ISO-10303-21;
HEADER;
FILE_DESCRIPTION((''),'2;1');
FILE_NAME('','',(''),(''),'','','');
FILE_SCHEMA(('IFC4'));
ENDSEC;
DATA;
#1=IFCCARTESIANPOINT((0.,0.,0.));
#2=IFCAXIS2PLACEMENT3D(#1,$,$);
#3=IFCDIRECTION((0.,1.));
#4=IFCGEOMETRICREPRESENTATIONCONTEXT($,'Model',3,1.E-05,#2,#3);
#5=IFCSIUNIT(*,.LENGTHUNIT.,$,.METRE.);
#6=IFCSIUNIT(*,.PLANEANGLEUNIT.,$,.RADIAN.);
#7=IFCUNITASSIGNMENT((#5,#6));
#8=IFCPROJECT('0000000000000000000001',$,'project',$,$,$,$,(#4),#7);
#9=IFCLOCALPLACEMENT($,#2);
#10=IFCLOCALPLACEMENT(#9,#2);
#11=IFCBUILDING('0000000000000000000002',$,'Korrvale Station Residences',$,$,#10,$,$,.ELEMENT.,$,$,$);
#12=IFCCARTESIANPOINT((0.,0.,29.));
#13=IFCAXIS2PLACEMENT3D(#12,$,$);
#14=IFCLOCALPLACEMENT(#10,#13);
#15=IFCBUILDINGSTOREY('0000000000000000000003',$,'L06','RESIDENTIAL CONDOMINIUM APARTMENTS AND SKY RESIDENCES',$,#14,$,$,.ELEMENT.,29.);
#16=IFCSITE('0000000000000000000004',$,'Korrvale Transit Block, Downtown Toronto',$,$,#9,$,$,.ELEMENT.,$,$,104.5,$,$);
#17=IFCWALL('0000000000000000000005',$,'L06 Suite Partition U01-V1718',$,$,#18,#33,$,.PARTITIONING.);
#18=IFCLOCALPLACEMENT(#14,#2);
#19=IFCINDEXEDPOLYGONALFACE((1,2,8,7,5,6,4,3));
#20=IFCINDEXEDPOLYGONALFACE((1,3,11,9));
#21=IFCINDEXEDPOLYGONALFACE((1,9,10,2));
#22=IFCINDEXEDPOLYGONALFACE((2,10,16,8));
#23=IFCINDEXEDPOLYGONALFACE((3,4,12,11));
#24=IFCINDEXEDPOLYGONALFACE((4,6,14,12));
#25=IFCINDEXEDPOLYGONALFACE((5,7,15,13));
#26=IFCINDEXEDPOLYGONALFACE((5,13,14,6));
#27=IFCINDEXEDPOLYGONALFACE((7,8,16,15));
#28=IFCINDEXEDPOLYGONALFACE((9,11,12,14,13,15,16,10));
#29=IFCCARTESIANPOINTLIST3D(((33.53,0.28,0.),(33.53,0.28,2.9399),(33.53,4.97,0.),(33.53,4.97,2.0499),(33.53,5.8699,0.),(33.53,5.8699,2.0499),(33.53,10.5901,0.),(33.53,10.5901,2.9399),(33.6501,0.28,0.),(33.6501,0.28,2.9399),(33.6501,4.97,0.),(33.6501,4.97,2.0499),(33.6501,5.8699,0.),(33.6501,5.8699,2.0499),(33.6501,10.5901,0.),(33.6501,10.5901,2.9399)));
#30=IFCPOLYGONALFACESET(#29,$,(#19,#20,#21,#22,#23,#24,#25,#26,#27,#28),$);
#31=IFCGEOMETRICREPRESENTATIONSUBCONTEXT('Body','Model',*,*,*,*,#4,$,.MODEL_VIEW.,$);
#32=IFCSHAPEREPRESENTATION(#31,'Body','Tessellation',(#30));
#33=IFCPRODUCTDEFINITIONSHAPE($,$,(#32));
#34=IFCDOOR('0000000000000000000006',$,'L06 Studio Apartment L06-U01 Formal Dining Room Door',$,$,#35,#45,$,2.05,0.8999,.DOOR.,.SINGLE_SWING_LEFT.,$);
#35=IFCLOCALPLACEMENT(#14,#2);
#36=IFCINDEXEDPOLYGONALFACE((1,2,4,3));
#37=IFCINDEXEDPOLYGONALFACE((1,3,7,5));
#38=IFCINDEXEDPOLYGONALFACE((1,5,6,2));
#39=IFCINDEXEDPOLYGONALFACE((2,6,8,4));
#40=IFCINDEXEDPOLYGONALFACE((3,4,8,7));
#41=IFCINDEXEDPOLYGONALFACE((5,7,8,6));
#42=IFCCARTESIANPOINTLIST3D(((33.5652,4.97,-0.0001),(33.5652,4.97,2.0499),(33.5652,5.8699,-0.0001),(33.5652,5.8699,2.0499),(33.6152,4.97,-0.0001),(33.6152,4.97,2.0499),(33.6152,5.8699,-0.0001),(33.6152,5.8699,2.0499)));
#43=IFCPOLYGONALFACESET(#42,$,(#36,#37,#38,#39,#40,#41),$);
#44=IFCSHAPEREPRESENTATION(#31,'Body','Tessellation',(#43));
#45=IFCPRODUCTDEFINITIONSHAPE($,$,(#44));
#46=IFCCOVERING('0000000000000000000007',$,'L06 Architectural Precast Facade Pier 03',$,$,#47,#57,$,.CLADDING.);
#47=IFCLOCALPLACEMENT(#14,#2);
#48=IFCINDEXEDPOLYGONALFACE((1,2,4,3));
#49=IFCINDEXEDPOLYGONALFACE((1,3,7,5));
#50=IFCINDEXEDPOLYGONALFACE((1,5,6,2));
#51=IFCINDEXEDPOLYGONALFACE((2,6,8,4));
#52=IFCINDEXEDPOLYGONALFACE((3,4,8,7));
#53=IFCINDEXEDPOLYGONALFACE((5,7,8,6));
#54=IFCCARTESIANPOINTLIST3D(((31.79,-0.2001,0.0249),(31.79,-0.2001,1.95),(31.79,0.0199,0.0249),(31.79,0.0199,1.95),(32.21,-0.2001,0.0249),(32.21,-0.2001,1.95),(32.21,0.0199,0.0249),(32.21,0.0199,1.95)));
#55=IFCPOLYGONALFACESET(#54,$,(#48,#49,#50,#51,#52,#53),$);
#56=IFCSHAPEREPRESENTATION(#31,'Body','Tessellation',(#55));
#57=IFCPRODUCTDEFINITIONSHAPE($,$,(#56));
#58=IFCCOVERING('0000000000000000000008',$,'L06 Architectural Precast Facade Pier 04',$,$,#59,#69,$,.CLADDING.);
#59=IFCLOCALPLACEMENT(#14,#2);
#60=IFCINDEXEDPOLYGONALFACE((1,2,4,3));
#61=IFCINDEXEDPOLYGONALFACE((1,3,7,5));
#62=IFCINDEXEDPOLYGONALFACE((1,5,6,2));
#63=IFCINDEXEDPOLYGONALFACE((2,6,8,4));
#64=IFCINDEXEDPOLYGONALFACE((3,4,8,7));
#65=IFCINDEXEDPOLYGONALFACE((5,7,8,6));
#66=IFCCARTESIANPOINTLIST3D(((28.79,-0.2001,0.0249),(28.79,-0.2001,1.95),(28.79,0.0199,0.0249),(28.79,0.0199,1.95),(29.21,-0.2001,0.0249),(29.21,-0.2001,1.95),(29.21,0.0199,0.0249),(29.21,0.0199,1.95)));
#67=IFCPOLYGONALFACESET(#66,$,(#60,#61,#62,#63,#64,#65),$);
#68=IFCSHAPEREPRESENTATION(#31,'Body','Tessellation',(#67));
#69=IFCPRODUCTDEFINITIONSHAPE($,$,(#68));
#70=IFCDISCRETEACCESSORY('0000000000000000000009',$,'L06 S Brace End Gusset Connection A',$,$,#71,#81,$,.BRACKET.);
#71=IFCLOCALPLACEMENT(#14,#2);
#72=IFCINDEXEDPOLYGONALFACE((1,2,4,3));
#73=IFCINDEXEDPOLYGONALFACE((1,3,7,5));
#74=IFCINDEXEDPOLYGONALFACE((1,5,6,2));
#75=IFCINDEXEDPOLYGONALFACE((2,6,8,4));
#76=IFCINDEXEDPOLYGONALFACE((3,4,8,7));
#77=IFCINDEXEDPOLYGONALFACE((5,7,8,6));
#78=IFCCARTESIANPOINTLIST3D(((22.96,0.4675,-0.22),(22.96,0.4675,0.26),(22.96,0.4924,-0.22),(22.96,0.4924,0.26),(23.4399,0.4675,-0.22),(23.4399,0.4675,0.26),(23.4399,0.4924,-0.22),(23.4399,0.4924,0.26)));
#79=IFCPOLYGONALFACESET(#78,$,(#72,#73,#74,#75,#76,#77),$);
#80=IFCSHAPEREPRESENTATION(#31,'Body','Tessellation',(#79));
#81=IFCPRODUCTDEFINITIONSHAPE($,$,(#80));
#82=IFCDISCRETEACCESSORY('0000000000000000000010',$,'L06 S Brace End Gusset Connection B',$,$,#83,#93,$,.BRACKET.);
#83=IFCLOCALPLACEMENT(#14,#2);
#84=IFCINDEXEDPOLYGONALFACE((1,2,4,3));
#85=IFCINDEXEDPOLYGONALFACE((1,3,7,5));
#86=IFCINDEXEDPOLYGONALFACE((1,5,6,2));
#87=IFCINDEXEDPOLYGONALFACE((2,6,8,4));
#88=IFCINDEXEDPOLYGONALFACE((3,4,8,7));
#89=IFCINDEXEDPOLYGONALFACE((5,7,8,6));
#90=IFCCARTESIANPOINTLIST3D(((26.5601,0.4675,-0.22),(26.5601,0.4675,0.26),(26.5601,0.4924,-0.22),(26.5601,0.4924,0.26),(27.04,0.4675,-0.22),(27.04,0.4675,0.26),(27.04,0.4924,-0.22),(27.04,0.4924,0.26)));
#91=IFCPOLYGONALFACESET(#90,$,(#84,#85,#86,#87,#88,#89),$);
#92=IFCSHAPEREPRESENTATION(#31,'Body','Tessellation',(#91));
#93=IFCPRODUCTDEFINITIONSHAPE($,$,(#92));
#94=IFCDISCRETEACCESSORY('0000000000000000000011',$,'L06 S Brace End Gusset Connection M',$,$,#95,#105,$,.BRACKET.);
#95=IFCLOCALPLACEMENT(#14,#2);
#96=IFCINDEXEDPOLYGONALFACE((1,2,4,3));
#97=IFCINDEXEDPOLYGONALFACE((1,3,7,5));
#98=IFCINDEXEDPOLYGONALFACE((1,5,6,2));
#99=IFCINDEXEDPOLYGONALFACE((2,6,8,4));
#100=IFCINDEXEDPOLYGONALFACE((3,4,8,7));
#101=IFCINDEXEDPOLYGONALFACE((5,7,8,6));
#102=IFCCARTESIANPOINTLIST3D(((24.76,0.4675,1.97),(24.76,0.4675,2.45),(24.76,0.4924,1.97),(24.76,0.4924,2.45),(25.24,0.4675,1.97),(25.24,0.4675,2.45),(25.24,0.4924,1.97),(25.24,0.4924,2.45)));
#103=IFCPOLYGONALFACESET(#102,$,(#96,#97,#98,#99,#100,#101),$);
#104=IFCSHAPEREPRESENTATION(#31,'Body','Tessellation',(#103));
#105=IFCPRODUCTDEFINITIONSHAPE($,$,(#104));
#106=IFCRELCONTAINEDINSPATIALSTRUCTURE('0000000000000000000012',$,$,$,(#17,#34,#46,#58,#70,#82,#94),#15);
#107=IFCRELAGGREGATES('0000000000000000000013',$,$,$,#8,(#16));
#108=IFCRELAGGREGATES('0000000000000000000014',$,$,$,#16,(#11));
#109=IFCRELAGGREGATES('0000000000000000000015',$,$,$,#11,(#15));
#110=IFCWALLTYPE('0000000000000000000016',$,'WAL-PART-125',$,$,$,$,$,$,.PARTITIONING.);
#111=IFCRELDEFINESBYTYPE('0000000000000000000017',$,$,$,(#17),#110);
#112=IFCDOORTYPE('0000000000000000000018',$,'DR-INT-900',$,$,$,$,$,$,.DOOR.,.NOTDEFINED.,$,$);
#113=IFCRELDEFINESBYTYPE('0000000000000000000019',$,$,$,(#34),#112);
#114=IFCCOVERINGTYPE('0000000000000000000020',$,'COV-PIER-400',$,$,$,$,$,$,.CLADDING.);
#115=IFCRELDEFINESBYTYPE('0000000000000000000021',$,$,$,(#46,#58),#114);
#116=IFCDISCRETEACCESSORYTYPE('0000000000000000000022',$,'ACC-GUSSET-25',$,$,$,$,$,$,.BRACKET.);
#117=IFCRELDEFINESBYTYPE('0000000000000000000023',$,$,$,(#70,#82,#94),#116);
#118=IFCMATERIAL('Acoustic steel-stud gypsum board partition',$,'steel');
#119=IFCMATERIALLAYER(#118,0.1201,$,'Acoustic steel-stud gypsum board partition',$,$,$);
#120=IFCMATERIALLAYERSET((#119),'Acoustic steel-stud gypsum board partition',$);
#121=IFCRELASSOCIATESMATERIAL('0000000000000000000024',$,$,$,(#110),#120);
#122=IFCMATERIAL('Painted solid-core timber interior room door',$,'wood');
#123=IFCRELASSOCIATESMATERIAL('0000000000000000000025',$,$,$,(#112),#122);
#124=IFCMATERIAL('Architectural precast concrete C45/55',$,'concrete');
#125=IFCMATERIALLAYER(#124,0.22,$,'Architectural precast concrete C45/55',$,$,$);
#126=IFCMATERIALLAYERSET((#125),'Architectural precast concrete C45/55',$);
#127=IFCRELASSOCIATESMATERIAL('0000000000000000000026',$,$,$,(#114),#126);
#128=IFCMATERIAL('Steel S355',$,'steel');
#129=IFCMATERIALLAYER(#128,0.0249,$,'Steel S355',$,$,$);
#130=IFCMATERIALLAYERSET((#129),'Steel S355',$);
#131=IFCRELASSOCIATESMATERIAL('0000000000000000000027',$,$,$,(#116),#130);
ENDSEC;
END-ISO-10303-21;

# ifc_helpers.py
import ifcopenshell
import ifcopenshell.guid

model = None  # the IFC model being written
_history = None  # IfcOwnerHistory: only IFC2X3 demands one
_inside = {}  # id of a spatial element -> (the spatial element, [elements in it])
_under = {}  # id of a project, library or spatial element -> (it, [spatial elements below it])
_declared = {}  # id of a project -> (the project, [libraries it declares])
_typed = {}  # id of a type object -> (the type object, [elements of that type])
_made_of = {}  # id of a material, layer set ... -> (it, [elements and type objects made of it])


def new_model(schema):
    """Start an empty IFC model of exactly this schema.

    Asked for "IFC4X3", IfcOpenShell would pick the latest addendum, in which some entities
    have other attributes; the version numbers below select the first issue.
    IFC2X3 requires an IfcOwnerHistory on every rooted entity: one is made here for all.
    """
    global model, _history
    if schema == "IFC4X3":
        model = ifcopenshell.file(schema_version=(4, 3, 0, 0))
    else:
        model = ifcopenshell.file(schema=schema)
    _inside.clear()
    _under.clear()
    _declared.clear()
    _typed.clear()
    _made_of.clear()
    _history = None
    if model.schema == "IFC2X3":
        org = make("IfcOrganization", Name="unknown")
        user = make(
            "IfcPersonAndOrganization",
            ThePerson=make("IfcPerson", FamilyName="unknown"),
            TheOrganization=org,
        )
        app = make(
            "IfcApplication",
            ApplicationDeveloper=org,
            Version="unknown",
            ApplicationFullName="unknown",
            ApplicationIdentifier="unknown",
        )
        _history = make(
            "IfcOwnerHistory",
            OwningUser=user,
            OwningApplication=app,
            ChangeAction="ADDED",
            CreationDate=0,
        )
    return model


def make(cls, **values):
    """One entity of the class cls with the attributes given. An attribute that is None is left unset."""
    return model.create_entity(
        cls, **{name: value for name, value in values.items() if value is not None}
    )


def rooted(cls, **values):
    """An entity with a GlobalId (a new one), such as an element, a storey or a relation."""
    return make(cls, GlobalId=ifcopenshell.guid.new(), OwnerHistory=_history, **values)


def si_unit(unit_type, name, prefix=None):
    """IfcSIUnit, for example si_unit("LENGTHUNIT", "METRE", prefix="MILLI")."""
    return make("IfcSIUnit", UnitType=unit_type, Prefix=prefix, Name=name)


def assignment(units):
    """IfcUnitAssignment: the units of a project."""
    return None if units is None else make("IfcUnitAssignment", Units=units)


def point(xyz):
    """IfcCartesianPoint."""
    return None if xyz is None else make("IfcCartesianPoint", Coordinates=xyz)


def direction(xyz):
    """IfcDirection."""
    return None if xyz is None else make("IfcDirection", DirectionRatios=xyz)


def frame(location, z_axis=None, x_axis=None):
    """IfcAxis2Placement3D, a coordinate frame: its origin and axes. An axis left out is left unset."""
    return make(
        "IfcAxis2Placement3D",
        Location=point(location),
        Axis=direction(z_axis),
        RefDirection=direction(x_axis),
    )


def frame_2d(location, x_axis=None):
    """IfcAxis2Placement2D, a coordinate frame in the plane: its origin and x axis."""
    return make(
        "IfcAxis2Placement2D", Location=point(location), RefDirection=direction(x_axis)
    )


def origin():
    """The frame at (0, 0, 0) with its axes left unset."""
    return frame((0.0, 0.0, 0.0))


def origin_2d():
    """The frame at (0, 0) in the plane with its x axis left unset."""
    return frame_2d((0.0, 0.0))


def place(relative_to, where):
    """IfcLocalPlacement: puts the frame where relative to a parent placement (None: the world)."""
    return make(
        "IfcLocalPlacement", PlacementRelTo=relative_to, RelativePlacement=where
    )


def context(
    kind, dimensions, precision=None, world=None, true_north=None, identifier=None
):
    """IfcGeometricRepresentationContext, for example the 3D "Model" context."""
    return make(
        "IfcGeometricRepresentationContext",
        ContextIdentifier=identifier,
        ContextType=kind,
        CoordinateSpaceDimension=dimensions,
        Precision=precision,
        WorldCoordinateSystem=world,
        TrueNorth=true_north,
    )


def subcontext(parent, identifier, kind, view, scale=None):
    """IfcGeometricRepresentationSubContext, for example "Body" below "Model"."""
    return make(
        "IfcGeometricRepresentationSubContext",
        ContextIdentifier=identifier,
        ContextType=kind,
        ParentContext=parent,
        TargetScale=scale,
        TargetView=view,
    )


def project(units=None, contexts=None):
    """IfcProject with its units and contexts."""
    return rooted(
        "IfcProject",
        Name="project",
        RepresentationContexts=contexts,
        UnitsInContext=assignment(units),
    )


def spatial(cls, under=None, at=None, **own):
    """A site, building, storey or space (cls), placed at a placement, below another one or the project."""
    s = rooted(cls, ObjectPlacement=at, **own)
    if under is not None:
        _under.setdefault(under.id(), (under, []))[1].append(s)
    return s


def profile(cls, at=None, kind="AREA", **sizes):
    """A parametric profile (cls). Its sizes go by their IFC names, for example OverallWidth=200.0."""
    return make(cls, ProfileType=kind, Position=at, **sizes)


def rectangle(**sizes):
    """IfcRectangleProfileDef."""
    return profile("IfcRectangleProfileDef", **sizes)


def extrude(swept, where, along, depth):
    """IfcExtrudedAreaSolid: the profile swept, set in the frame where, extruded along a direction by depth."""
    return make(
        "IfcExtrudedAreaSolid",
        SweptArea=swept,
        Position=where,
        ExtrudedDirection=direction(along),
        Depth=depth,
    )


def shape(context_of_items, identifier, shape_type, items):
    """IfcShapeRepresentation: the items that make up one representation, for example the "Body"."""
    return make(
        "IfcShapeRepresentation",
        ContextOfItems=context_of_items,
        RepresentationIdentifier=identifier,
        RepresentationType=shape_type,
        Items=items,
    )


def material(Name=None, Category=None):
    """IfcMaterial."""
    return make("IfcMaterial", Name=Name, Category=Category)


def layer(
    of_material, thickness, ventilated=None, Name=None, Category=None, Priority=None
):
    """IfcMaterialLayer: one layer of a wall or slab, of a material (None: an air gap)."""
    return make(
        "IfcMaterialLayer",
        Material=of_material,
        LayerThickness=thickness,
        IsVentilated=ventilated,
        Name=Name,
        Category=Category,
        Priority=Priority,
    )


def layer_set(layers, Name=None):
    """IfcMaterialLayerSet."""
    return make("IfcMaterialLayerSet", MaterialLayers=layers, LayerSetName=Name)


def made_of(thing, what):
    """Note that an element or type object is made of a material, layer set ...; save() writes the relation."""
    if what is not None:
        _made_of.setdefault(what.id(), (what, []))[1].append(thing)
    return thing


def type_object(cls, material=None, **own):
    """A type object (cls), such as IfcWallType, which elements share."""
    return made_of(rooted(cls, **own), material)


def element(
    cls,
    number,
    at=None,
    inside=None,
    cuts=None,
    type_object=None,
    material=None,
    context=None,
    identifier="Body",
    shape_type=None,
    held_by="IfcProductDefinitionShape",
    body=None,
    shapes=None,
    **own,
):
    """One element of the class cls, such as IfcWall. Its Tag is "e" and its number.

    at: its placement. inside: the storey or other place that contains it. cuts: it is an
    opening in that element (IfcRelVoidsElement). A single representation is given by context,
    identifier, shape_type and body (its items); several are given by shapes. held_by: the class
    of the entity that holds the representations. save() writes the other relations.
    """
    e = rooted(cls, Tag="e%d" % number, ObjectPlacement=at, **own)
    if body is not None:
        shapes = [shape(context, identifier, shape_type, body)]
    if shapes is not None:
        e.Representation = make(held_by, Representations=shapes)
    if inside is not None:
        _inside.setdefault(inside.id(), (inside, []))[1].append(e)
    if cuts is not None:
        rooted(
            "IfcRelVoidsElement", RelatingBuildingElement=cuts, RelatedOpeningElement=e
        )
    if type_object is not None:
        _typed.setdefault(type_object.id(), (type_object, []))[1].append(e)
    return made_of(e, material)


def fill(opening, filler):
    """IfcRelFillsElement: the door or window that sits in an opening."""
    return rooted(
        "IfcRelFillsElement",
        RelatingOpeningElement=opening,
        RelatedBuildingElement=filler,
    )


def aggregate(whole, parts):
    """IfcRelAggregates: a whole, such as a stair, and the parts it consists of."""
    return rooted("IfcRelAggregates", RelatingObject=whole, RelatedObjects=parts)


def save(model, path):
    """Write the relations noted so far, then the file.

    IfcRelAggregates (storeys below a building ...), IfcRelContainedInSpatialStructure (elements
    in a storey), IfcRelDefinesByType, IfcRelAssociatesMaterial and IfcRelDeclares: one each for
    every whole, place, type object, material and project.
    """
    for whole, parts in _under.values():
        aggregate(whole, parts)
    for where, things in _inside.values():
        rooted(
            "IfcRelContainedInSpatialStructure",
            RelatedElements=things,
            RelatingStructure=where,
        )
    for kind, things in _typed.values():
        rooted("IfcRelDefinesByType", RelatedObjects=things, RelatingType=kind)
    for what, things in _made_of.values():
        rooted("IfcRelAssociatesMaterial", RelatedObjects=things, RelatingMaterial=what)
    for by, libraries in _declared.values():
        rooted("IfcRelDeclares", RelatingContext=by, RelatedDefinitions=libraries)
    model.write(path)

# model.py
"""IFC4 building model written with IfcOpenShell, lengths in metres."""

from ifc_helpers import new_model, si_unit, direction, frame, frame_2d, origin, origin_2d, place, context, subcontext, project, spatial, rectangle, extrude, material, layer, layer_set, type_object, element, fill, save


model = new_model("IFC4")

# Units and contexts
model_context = context("Model", 3, precision=1e-05, world=origin(), true_north=direction((0.0, 1.0)))
body_context = subcontext(model_context, "Body", "Model", "MODEL_VIEW")
ifc_project = project(units=[si_unit("LENGTHUNIT", "METRE"), si_unit("PLANEANGLEUNIT", "RADIAN")], contexts=[model_context])

# Site, building, storey
site_placement = place(None, origin())
site = spatial("IfcSite", under=ifc_project, at=site_placement, Name="Korrvale Transit Block, Downtown Toronto", CompositionType="ELEMENT", RefElevation=104.5)
building_placement = place(site_placement, origin())
building = spatial("IfcBuilding", under=site, at=building_placement, Name="Korrvale Station Residences", CompositionType="ELEMENT")
storey_placement = place(building_placement, frame((0.0, 0.0, 29.0)))
storey = spatial("IfcBuildingStorey", under=building, at=storey_placement, Name="L06", Description="RESIDENTIAL CONDOMINIUM APARTMENTS AND SKY RESIDENCES", CompositionType="ELEMENT", Elevation=29.0)

# Shared definitions
ifc_material_1 = material(Name="Steel S355", Category="steel")

# Wall, opening, door
ifc_material_2 = material(Name="Acoustic steel-stud gypsum board partition", Category="steel")
ifc_layer_1 = layer(ifc_material_2, 0.1201, Name="Acoustic steel-stud gypsum board partition")
ifc_layer_set_1 = layer_set([ifc_layer_1], Name="Acoustic steel-stud gypsum board partition")
wall_type = type_object("IfcWallType", Name="WAL-PART-125", PredefinedType="PARTITIONING", material=ifc_layer_set_1)
ifc_material_3 = material(Name="Painted solid-core timber interior room door", Category="wood")
door_type = type_object("IfcDoorType", Name="DR-INT-900", OperationType="NOTDEFINED", PredefinedType="DOOR", material=ifc_material_3)
wall_1_placement = place(storey_placement, frame((33.5901, 0.28, 0.0), z_axis=(0.0, 0.0, 1.0), x_axis=(0.0, 1.0, 0.0)))
wall_1 = element("IfcWall", 1, at=wall_1_placement, inside=storey, type_object=wall_type, Name="L06 Suite Partition U01-V1718", PredefinedType="PARTITIONING", context=body_context, shape_type="SweptSolid", body=[
    extrude(rectangle(XDim=10.3101, YDim=0.1201, at=frame_2d((5.155, 0.0))), origin(), (0.0, 0.0, 1.0), 2.9399),
])
opening_1_placement = place(wall_1_placement, frame((4.6899, 0.0, 0.0)))
opening_1 = element("IfcOpeningElement", 2, at=opening_1_placement, cuts=wall_1, PredefinedType="OPENING", context=body_context, shape_type="SweptSolid", body=[
    extrude(rectangle(XDim=0.8999, YDim=2.05, at=frame_2d((0.45, 1.0249))), frame((0.0, 0.0701, 0.0), z_axis=(0.0, -1.0, 0.0), x_axis=(1.0, 0.0, 0.0)), (0.0, 0.0, 1.0), 0.1401),
])
door_1_placement = place(opening_1_placement, origin())
door_1 = element("IfcDoor", 3, at=door_1_placement, inside=storey, type_object=door_type, Name="L06 Studio Apartment L06-U01 Formal Dining Room Door", OperationType="SINGLE_SWING_LEFT", OverallHeight=2.05, OverallWidth=0.8999, PredefinedType="DOOR", context=body_context, shape_type="SweptSolid", body=[
    extrude(rectangle(XDim=0.8999, YDim=2.05, at=frame_2d((0.45, 1.0249))), frame((0.0, 0.0249, 0.0), z_axis=(0.0, -1.0, 0.0), x_axis=(1.0, 0.0, 0.0)), (0.0, 0.0, 1.0), 0.05),
])
fill(opening_1, door_1)

# Coverings
ifc_material_4 = material(Name="Architectural precast concrete C45/55", Category="concrete")
ifc_layer_2 = layer(ifc_material_4, 0.22, Name="Architectural precast concrete C45/55")
ifc_layer_set_2 = layer_set([ifc_layer_2], Name="Architectural precast concrete C45/55")
covering_type = type_object("IfcCoveringType", Name="COV-PIER-400", PredefinedType="CLADDING", material=ifc_layer_set_2)
for number, where, z_axis, x_axis, name in (
    (4, (32.0, -0.0901, 0.0249), (0.0, 0.0, 1.0), (1.0, 0.0, 0.0), "L06 Architectural Precast Facade Pier 03"),
    (5, (29.0, -0.0901, 0.0249), (0.0, 0.0, 1.0), (1.0, 0.0, 0.0), "L06 Architectural Precast Facade Pier 04"),
):
    element("IfcCovering", number, at=place(storey_placement, frame(where, z_axis=z_axis, x_axis=x_axis)), inside=storey, type_object=covering_type, Name=name, PredefinedType="CLADDING", context=body_context, shape_type="SweptSolid", body=[
        extrude(rectangle(XDim=0.4199, YDim=0.22, at=origin_2d()), origin(), (0.0, 0.0, 1.0), 1.925),
    ])

# Discrete accessories
ifc_layer_3 = layer(ifc_material_1, 0.0249, Name="Steel S355")
ifc_layer_set_3 = layer_set([ifc_layer_3], Name="Steel S355")
discrete_accessory_type = type_object("IfcDiscreteAccessoryType", Name="ACC-GUSSET-25", PredefinedType="BRACKET", material=ifc_layer_set_3)
for number, where, z_axis, x_axis, name in (
    (6, (23.2, 0.48, -0.22), (0.0, 0.0, 1.0), (1.0, 0.0, 0.0), "L06 S Brace End Gusset Connection A"),
    (7, (26.8, 0.48, -0.22), (0.0, 0.0, 1.0), (1.0, 0.0, 0.0), "L06 S Brace End Gusset Connection B"),
    (8, (25.0, 0.48, 1.97), (0.0, 0.0, 1.0), (1.0, 0.0, 0.0), "L06 S Brace End Gusset Connection M"),
):
    element("IfcDiscreteAccessory", number, at=place(storey_placement, frame(where, z_axis=z_axis, x_axis=x_axis)), inside=storey, type_object=discrete_accessory_type, Name=name, PredefinedType="BRACKET", context=body_context, shape_type="SweptSolid", body=[
        extrude(rectangle(XDim=0.48, YDim=0.0249, at=origin_2d()), origin(), (0.0, 0.0, 1.0), 0.48),
    ])

save(model, "model.ifc")
